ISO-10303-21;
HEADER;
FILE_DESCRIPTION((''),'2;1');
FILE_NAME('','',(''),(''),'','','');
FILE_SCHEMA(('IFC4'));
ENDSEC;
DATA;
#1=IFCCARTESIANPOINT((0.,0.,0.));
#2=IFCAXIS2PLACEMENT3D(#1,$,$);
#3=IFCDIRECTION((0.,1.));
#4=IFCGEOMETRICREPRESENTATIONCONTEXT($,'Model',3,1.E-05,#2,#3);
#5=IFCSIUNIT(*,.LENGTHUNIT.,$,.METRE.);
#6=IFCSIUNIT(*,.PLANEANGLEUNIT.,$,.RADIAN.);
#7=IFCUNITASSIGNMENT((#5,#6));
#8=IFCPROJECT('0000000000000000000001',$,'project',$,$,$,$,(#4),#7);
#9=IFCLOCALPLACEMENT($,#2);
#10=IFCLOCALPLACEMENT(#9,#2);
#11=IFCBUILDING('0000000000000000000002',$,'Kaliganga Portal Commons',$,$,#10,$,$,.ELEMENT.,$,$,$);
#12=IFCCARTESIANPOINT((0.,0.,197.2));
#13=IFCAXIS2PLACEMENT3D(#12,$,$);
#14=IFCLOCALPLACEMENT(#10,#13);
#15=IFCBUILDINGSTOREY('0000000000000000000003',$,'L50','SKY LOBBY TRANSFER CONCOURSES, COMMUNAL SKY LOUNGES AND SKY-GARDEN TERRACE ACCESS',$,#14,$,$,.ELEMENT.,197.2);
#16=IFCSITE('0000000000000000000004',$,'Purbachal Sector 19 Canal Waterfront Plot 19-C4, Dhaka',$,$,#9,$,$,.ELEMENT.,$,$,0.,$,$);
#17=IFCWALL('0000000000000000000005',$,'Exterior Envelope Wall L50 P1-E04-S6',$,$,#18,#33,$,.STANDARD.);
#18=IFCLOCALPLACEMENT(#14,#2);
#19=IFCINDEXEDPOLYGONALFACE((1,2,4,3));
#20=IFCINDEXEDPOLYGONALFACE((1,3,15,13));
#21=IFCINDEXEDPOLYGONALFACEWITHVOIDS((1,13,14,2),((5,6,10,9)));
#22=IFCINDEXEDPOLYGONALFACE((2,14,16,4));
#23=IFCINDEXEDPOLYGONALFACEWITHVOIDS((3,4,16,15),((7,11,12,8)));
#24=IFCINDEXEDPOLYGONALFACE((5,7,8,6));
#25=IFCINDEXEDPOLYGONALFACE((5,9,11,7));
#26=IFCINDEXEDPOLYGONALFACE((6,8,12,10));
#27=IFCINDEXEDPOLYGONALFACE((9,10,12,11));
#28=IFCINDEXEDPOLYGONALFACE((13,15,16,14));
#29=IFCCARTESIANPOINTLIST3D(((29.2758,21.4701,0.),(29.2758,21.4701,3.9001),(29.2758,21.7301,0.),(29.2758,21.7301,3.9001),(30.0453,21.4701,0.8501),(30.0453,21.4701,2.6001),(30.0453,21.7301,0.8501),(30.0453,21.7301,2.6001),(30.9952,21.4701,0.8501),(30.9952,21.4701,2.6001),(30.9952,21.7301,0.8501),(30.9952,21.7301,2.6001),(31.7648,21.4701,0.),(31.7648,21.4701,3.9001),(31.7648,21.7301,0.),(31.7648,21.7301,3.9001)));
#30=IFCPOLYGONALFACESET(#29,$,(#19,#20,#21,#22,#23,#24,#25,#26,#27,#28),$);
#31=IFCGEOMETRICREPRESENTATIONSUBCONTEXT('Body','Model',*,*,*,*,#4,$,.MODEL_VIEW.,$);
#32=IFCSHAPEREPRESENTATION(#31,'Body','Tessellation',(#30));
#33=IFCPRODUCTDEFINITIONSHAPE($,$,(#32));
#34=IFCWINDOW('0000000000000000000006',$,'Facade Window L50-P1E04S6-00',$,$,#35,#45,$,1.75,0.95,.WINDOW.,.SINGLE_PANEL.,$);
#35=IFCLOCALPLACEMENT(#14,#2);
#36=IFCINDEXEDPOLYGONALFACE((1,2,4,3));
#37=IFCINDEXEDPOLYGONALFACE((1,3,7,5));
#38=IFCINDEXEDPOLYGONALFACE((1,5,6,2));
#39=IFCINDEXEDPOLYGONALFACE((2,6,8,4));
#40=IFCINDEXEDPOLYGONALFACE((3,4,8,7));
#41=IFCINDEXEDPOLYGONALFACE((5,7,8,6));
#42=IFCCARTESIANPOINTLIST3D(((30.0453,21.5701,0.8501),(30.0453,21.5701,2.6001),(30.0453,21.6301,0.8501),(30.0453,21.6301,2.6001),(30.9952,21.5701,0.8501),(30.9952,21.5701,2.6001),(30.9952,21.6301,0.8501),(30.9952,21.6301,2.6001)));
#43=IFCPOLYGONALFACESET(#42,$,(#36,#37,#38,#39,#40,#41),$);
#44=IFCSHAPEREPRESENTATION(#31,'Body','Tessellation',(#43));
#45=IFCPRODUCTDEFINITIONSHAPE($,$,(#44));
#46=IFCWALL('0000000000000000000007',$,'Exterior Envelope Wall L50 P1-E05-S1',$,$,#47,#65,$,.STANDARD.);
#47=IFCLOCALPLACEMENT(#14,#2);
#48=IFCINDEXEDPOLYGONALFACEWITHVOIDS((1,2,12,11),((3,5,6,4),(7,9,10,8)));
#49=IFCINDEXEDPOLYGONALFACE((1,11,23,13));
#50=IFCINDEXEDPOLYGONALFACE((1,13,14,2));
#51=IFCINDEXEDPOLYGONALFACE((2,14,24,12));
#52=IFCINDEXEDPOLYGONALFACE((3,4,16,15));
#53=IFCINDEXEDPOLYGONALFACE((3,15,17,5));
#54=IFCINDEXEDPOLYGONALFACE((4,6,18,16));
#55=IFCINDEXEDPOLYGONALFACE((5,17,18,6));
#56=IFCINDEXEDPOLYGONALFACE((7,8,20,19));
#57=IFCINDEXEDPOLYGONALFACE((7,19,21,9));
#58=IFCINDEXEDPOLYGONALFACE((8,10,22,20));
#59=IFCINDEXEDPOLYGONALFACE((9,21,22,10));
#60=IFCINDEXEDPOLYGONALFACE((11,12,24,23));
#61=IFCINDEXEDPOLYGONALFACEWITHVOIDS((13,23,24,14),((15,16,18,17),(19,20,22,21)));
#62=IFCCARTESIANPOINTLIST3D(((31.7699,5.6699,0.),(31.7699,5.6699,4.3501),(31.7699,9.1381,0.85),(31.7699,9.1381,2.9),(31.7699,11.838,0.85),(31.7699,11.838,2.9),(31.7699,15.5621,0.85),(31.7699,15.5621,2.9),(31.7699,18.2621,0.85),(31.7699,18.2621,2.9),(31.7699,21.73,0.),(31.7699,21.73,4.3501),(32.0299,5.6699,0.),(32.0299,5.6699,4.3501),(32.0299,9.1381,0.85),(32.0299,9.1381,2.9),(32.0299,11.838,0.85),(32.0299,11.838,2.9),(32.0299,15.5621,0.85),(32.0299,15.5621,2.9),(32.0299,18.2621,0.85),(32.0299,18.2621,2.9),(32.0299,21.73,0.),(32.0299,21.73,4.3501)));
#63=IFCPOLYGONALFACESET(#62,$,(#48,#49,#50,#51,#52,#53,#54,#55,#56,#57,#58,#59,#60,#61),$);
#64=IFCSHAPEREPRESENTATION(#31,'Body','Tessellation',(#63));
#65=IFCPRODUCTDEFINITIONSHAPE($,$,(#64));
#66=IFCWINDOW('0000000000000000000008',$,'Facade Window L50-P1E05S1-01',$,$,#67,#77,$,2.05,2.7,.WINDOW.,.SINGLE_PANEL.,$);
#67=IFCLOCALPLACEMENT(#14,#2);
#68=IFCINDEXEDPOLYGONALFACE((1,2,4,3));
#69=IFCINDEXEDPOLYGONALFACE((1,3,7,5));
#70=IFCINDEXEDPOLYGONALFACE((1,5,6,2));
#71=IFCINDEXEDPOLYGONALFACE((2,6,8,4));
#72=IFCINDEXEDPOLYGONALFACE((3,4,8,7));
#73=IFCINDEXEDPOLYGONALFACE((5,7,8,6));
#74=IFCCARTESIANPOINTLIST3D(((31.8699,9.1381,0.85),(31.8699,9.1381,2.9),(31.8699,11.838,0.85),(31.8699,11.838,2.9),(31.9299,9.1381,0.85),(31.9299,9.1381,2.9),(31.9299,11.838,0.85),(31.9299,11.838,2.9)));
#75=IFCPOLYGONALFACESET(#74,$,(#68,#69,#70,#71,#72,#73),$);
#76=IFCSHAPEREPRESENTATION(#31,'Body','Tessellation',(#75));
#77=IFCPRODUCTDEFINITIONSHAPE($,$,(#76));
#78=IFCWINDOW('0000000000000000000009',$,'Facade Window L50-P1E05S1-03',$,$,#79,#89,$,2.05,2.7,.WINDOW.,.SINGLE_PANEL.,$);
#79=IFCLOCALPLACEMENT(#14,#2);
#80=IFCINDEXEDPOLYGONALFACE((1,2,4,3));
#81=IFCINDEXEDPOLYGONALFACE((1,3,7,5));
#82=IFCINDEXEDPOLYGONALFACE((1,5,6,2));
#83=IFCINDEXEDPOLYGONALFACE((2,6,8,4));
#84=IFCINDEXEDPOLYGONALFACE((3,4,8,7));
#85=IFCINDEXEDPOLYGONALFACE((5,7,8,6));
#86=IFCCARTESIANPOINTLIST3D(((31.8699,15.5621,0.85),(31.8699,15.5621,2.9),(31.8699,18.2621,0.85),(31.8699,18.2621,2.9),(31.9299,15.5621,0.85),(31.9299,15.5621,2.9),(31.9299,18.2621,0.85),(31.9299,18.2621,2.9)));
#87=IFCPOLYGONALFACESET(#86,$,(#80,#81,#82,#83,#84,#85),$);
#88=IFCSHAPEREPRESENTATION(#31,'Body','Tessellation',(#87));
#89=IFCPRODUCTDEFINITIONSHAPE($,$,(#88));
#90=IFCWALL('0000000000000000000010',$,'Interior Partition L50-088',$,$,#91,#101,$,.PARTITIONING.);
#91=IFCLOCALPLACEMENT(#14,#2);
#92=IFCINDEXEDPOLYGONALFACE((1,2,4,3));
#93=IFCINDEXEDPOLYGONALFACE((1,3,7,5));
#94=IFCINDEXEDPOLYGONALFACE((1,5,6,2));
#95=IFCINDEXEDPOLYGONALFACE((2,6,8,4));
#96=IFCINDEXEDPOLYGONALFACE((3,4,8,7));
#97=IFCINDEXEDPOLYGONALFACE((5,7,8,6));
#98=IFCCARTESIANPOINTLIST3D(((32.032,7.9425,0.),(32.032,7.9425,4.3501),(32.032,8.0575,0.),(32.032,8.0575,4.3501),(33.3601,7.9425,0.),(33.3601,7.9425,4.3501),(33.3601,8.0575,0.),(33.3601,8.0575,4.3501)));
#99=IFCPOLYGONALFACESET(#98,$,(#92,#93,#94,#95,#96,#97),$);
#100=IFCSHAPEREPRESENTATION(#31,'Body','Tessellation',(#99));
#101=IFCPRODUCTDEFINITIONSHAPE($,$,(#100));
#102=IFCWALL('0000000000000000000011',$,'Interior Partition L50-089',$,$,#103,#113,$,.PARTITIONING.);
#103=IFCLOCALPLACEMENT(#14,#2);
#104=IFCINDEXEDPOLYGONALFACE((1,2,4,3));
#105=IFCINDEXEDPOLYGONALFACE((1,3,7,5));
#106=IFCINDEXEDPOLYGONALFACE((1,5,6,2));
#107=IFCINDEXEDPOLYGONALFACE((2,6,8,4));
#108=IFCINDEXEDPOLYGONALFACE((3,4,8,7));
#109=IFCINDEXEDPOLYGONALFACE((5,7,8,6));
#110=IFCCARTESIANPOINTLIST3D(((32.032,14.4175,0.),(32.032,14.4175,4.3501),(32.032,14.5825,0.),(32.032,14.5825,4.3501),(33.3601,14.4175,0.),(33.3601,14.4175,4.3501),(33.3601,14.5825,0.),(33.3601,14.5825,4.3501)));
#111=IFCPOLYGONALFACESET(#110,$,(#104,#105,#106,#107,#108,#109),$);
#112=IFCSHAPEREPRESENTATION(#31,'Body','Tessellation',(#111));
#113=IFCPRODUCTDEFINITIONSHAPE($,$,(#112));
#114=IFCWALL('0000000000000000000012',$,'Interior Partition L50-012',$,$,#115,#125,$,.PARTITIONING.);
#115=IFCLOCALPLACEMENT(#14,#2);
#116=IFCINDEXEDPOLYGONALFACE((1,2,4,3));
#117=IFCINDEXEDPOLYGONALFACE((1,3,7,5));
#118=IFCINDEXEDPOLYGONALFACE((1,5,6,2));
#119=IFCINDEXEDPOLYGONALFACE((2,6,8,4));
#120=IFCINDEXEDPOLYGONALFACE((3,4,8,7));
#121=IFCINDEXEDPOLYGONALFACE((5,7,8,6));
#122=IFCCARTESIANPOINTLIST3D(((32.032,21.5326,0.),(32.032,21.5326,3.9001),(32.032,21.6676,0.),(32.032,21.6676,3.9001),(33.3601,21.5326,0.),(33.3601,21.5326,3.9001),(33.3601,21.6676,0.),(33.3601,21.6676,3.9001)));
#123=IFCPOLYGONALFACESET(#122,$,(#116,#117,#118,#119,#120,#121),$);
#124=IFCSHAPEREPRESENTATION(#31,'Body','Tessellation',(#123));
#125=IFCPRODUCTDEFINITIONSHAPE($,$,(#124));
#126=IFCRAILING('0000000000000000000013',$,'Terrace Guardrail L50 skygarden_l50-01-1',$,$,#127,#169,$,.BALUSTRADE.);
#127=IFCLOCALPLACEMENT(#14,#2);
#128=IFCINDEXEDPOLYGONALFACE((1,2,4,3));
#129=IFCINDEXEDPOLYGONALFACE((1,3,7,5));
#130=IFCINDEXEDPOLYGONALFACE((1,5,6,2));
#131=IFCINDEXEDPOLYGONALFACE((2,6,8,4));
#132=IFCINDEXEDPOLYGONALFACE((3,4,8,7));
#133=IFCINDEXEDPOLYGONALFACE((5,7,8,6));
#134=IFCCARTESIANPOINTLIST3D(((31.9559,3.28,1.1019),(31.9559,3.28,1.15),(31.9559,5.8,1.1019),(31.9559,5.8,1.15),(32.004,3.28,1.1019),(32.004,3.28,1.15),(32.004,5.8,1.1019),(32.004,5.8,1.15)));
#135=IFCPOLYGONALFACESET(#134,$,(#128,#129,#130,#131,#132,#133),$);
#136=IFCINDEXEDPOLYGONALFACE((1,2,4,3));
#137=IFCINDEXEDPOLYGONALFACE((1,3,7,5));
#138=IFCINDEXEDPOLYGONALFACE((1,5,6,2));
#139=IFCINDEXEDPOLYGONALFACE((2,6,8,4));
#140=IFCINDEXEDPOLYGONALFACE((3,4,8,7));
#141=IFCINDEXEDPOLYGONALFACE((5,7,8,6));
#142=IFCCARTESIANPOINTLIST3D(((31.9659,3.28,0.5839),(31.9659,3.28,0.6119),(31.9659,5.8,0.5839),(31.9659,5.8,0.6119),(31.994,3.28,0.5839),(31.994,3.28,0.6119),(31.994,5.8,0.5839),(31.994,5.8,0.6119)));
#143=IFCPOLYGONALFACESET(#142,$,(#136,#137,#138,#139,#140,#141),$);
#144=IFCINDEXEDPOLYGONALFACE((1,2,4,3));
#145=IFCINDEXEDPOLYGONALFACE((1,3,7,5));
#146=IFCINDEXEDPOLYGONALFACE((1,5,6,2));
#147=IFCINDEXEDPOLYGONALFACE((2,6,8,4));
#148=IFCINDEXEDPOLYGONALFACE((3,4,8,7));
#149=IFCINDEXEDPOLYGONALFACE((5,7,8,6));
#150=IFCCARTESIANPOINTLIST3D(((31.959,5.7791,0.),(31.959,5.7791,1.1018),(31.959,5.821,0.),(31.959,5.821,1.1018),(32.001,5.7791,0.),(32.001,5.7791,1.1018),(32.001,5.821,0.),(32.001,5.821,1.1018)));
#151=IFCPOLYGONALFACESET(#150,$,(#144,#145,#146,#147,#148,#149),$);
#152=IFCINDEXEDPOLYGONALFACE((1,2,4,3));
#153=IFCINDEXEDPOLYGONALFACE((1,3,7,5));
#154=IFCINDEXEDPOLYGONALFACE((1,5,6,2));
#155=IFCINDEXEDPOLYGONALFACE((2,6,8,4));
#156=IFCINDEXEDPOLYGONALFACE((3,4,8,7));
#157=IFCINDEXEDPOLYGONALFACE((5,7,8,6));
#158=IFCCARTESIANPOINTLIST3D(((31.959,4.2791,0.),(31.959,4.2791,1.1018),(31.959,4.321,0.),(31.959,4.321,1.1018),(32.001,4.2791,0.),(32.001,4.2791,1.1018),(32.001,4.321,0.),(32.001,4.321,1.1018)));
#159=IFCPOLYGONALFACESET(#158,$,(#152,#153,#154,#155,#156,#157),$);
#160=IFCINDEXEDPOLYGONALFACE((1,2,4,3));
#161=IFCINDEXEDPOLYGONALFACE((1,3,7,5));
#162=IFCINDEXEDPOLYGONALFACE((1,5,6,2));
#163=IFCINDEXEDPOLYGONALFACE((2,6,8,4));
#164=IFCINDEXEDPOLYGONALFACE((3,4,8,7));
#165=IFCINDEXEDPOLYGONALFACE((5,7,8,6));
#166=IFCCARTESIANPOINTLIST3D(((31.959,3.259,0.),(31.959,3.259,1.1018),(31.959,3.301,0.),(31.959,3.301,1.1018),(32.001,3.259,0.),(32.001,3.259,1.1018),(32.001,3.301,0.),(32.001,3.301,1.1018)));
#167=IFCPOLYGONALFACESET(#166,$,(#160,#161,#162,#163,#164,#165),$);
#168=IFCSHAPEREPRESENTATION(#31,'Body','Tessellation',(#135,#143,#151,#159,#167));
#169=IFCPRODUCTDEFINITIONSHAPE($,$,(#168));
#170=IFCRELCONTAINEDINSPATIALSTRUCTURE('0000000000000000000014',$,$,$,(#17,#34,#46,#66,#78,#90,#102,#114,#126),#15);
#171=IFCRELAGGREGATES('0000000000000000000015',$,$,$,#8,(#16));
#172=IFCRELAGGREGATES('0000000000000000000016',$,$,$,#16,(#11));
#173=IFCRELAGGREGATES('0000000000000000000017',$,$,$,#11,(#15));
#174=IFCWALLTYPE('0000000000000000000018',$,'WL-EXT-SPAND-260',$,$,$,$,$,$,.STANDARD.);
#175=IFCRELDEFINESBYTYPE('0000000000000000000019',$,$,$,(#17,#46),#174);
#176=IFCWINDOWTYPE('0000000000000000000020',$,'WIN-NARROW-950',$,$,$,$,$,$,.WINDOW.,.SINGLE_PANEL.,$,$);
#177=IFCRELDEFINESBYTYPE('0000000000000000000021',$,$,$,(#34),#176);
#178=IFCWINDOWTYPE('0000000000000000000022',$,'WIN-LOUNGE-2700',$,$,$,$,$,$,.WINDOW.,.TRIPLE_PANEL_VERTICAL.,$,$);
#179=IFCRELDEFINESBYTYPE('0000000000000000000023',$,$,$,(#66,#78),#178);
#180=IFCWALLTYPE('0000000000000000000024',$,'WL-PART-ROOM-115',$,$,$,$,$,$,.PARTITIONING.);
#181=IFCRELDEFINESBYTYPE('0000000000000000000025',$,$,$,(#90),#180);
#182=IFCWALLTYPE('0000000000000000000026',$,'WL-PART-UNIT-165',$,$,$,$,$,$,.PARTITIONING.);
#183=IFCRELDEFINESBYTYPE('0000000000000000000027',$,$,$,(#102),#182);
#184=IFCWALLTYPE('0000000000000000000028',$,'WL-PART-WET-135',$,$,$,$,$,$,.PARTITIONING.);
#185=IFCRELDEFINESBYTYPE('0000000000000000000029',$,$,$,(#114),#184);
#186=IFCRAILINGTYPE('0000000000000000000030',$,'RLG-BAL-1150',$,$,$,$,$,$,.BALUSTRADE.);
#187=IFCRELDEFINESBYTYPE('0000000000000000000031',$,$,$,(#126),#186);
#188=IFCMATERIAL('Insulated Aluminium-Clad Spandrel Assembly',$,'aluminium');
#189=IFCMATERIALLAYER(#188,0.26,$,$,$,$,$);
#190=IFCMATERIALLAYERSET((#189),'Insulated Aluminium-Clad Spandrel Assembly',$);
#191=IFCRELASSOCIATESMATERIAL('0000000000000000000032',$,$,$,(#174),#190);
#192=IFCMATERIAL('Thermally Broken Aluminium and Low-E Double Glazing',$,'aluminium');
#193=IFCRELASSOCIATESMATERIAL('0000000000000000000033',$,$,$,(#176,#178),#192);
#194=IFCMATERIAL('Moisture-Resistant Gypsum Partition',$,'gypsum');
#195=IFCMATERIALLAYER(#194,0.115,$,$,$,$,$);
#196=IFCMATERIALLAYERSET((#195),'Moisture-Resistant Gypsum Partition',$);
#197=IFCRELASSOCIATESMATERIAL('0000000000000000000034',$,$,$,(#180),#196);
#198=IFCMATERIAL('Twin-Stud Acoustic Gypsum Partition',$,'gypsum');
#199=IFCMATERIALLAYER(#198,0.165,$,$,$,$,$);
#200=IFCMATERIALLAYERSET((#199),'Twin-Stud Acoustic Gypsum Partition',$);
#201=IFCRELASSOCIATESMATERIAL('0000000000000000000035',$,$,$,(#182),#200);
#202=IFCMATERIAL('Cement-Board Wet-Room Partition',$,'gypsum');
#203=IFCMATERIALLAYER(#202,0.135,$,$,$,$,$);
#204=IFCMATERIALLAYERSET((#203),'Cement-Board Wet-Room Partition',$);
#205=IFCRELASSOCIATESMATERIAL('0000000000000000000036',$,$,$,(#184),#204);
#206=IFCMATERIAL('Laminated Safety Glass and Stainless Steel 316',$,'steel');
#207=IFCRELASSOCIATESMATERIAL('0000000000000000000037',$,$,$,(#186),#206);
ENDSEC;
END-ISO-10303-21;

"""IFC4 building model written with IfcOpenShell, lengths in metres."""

from ifc_helpers import new_model, si_unit, direction, frame, frame_2d, origin, origin_2d, place, context, subcontext, project, spatial, rectangle, extrude, material, layer, layer_set, type_object, element, fill, save


model = new_model("IFC4")

# Units and contexts
model_context = context("Model", 3, precision=1e-05, world=origin(), true_north=direction((0.0, 1.0)))
body_context = subcontext(model_context, "Body", "Model", "MODEL_VIEW")
ifc_project = project(units=[si_unit("LENGTHUNIT", "METRE"), si_unit("PLANEANGLEUNIT", "RADIAN")], contexts=[model_context])

# Site, building, storey
site_placement = place(None, origin())
site = spatial("IfcSite", under=ifc_project, at=site_placement, Name="Purbachal Sector 19 Canal Waterfront Plot 19-C4, Dhaka", CompositionType="ELEMENT", RefElevation=0.0)
building_placement = place(site_placement, origin())
building = spatial("IfcBuilding", under=site, at=building_placement, Name="Kaliganga Portal Commons", CompositionType="ELEMENT")
storey_placement = place(building_placement, frame((0.0, 0.0, 197.2)))
storey = spatial("IfcBuildingStorey", under=building, at=storey_placement, Name="L50", Description="SKY LOBBY TRANSFER CONCOURSES, COMMUNAL SKY LOUNGES AND SKY-GARDEN TERRACE ACCESS", CompositionType="ELEMENT", Elevation=197.2)

# Wall, opening, window
ifc_material_1 = material(Name="Insulated Aluminium-Clad Spandrel Assembly", Category="aluminium")
ifc_layer_1 = layer(ifc_material_1, 0.26)
ifc_layer_set_1 = layer_set([ifc_layer_1], Name="Insulated Aluminium-Clad Spandrel Assembly")
wall_type_1 = type_object("IfcWallType", Name="WL-EXT-SPAND-260", PredefinedType="STANDARD", material=ifc_layer_set_1)
ifc_material_2 = material(Name="Thermally Broken Aluminium and Low-E Double Glazing", Category="aluminium")
window_type_1 = type_object("IfcWindowType", Name="WIN-NARROW-950", PartitioningType="SINGLE_PANEL", PredefinedType="WINDOW", material=ifc_material_2)
wall_1_placement = place(storey_placement, frame((31.7649, 21.6001, 0.0), z_axis=(0.0, 0.0, 1.0), x_axis=(-1.0, 0.0, 0.0)))
wall_1 = element("IfcWall", 1, at=wall_1_placement, inside=storey, type_object=wall_type_1, Name="Exterior Envelope Wall L50 P1-E04-S6", PredefinedType="STANDARD", context=body_context, shape_type="SweptSolid", body=[
    extrude(rectangle(XDim=2.489, YDim=0.26, at=frame_2d((1.2446, 0.0))), origin(), (0.0, 0.0, 1.0), 3.9001),
])
opening_1_placement = place(wall_1_placement, frame((0.7695, 0.0, 0.8501)))
opening_1 = element("IfcOpeningElement", 2, at=opening_1_placement, cuts=wall_1, PredefinedType="OPENING", context=body_context, shape_type="SweptSolid", body=[
    extrude(rectangle(XDim=0.95, YDim=1.75, at=frame_2d((0.4751, 0.875))), frame((0.0, 0.1401, 0.0), z_axis=(0.0, -1.0, 0.0), x_axis=(1.0, 0.0, 0.0)), (0.0, 0.0, 1.0), 0.28),
])
window_1_placement = place(opening_1_placement, origin())
window_1 = element("IfcWindow", 3, at=window_1_placement, inside=storey, type_object=window_type_1, Name="Facade Window L50-P1E04S6-00", OverallHeight=1.75, OverallWidth=0.95, PartitioningType="SINGLE_PANEL", PredefinedType="WINDOW", context=body_context, shape_type="SweptSolid", body=[
    extrude(rectangle(XDim=0.95, YDim=1.75, at=frame_2d((0.4751, 0.875))), frame((0.0, 0.03, 0.0), z_axis=(0.0, -1.0, 0.0), x_axis=(1.0, 0.0, 0.0)), (0.0, 0.0, 1.0), 0.0601),
])
fill(opening_1, window_1)

# Wall, openings, windows
wall_2_placement = place(storey_placement, frame((31.8999, 5.6699, 0.0), z_axis=(0.0, 0.0, 1.0), x_axis=(0.0, 1.0, 0.0)))
wall_2 = element("IfcWall", 4, at=wall_2_placement, inside=storey, type_object=wall_type_1, Name="Exterior Envelope Wall L50 P1-E05-S1", PredefinedType="STANDARD", context=body_context, shape_type="SweptSolid", body=[
    extrude(rectangle(XDim=16.0601, YDim=0.26, at=frame_2d((8.03, 0.0))), origin(), (0.0, 0.0, 1.0), 4.3501),
])
opening_2_placement = place(wall_2_placement, frame((3.468, 0.0, 0.8501)))
opening_2 = element("IfcOpeningElement", 5, at=opening_2_placement, cuts=wall_2, PredefinedType="OPENING", context=body_context, shape_type="SweptSolid", body=[
    extrude(rectangle(XDim=2.7, YDim=2.05, at=frame_2d((1.3501, 1.0249))), frame((0.0, 0.1401, 0.0), z_axis=(0.0, -1.0, 0.0), x_axis=(1.0, 0.0, 0.0)), (0.0, 0.0, 1.0), 0.28),
])
opening_3_placement = place(wall_2_placement, frame((9.8921, 0.0, 0.8501)))
opening_3 = element("IfcOpeningElement", 6, at=opening_3_placement, cuts=wall_2, PredefinedType="OPENING", context=body_context, shape_type="SweptSolid", body=[
    extrude(rectangle(XDim=2.7, YDim=2.05, at=frame_2d((1.3501, 1.0249))), frame((0.0, 0.1401, 0.0), z_axis=(0.0, -1.0, 0.0), x_axis=(1.0, 0.0, 0.0)), (0.0, 0.0, 1.0), 0.28),
])
window_type_2 = type_object("IfcWindowType", Name="WIN-LOUNGE-2700", PartitioningType="TRIPLE_PANEL_VERTICAL", PredefinedType="WINDOW", material=ifc_material_2)
window_2_placement = place(opening_2_placement, origin())
window_2 = element("IfcWindow", 7, at=window_2_placement, inside=storey, type_object=window_type_2, Name="Facade Window L50-P1E05S1-01", OverallHeight=2.05, OverallWidth=2.7, PartitioningType="SINGLE_PANEL", PredefinedType="WINDOW", context=body_context, shape_type="SweptSolid", body=[
    extrude(rectangle(XDim=2.7, YDim=2.05, at=frame_2d((1.3501, 1.0249))), frame((0.0, 0.03, 0.0), z_axis=(0.0, -1.0, 0.0), x_axis=(1.0, 0.0, 0.0)), (0.0, 0.0, 1.0), 0.0601),
])
fill(opening_2, window_2)
window_3_placement = place(opening_3_placement, origin())
window_3 = element("IfcWindow", 8, at=window_3_placement, inside=storey, type_object=window_type_2, Name="Facade Window L50-P1E05S1-03", OverallHeight=2.05, OverallWidth=2.7, PartitioningType="SINGLE_PANEL", PredefinedType="WINDOW", context=body_context, shape_type="SweptSolid", body=[
    extrude(rectangle(XDim=2.7, YDim=2.05, at=frame_2d((1.3501, 1.0249))), frame((0.0, 0.03, 0.0), z_axis=(0.0, -1.0, 0.0), x_axis=(1.0, 0.0, 0.0)), (0.0, 0.0, 1.0), 0.0601),
])
fill(opening_3, window_3)

# Walls
ifc_material_3 = material(Name="Moisture-Resistant Gypsum Partition", Category="gypsum")
ifc_layer_2 = layer(ifc_material_3, 0.115)
ifc_layer_set_2 = layer_set([ifc_layer_2], Name="Moisture-Resistant Gypsum Partition")
wall_type_2 = type_object("IfcWallType", Name="WL-PART-ROOM-115", PredefinedType="PARTITIONING", material=ifc_layer_set_2)
wall_3_placement = place(storey_placement, frame((32.032, 8.0, 0.0), z_axis=(0.0, 0.0, 1.0), x_axis=(1.0, 0.0, 0.0)))
element("IfcWall", 9, at=wall_3_placement, inside=storey, type_object=wall_type_2, Name="Interior Partition L50-088", PredefinedType="PARTITIONING", context=body_context, shape_type="SweptSolid", body=[
    extrude(rectangle(XDim=1.3281, YDim=0.115, at=frame_2d((0.6641, 0.0))), origin(), (0.0, 0.0, 1.0), 4.3501),
])
ifc_material_4 = material(Name="Twin-Stud Acoustic Gypsum Partition", Category="gypsum")
ifc_layer_3 = layer(ifc_material_4, 0.165)
ifc_layer_set_3 = layer_set([ifc_layer_3], Name="Twin-Stud Acoustic Gypsum Partition")
wall_type_3 = type_object("IfcWallType", Name="WL-PART-UNIT-165", PredefinedType="PARTITIONING", material=ifc_layer_set_3)
wall_4_placement = place(storey_placement, frame((32.032, 14.5, 0.0), z_axis=(0.0, 0.0, 1.0), x_axis=(1.0, 0.0, 0.0)))
element("IfcWall", 10, at=wall_4_placement, inside=storey, type_object=wall_type_3, Name="Interior Partition L50-089", PredefinedType="PARTITIONING", context=body_context, shape_type="SweptSolid", body=[
    extrude(rectangle(XDim=1.3281, YDim=0.165, at=frame_2d((0.6641, 0.0))), origin(), (0.0, 0.0, 1.0), 4.3501),
])
ifc_material_5 = material(Name="Cement-Board Wet-Room Partition", Category="gypsum")
ifc_layer_4 = layer(ifc_material_5, 0.135)
ifc_layer_set_4 = layer_set([ifc_layer_4], Name="Cement-Board Wet-Room Partition")
wall_type_4 = type_object("IfcWallType", Name="WL-PART-WET-135", PredefinedType="PARTITIONING", material=ifc_layer_set_4)
wall_5_placement = place(storey_placement, frame((32.032, 21.6001, 0.0), z_axis=(0.0, 0.0, 1.0), x_axis=(1.0, 0.0, 0.0)))
element("IfcWall", 11, at=wall_5_placement, inside=storey, type_object=wall_type_4, Name="Interior Partition L50-012", PredefinedType="PARTITIONING", context=body_context, shape_type="SweptSolid", body=[
    extrude(rectangle(XDim=1.3281, YDim=0.135, at=frame_2d((0.6641, 0.0))), origin(), (0.0, 0.0, 1.0), 3.9001),
])

# Railing
ifc_material_6 = material(Name="Laminated Safety Glass and Stainless Steel 316", Category="steel")
railing_type = type_object("IfcRailingType", Name="RLG-BAL-1150", PredefinedType="BALUSTRADE", material=ifc_material_6)
railing_1_placement = place(storey_placement, frame((31.98, 5.8, 0.0)))
element("IfcRailing", 12, at=railing_1_placement, inside=storey, type_object=railing_type, Name="Terrace Guardrail L50 skygarden_l50-01-1", PredefinedType="BALUSTRADE", context=body_context, shape_type="SweptSolid", body=[
    extrude(rectangle(XDim=0.0481, YDim=0.0481, at=origin_2d()), frame((0.0, 0.0, 1.126), z_axis=(0.0, -1.0, 0.0), x_axis=(1.0, 0.0, 0.0)), (0.0, 0.0, 1.0), 2.52),
    extrude(rectangle(XDim=0.0281, YDim=0.0281, at=origin_2d()), frame((0.0, 0.0, 0.5979), z_axis=(0.0, -1.0, 0.0), x_axis=(1.0, 0.0, 0.0)), (0.0, 0.0, 1.0), 2.52),
    extrude(rectangle(XDim=0.042, YDim=0.042, at=origin_2d()), origin(), (0.0, 0.0, 1.0), 1.1018),
    extrude(rectangle(XDim=0.042, YDim=0.042, at=origin_2d()), frame((0.0, -1.5, 0.0)), (0.0, 0.0, 1.0), 1.1018),
    extrude(rectangle(XDim=0.042, YDim=0.042, at=origin_2d()), frame((0.0, -2.52, 0.0)), (0.0, 0.0, 1.0), 1.1018),
])

save(model, "model.ifc")
